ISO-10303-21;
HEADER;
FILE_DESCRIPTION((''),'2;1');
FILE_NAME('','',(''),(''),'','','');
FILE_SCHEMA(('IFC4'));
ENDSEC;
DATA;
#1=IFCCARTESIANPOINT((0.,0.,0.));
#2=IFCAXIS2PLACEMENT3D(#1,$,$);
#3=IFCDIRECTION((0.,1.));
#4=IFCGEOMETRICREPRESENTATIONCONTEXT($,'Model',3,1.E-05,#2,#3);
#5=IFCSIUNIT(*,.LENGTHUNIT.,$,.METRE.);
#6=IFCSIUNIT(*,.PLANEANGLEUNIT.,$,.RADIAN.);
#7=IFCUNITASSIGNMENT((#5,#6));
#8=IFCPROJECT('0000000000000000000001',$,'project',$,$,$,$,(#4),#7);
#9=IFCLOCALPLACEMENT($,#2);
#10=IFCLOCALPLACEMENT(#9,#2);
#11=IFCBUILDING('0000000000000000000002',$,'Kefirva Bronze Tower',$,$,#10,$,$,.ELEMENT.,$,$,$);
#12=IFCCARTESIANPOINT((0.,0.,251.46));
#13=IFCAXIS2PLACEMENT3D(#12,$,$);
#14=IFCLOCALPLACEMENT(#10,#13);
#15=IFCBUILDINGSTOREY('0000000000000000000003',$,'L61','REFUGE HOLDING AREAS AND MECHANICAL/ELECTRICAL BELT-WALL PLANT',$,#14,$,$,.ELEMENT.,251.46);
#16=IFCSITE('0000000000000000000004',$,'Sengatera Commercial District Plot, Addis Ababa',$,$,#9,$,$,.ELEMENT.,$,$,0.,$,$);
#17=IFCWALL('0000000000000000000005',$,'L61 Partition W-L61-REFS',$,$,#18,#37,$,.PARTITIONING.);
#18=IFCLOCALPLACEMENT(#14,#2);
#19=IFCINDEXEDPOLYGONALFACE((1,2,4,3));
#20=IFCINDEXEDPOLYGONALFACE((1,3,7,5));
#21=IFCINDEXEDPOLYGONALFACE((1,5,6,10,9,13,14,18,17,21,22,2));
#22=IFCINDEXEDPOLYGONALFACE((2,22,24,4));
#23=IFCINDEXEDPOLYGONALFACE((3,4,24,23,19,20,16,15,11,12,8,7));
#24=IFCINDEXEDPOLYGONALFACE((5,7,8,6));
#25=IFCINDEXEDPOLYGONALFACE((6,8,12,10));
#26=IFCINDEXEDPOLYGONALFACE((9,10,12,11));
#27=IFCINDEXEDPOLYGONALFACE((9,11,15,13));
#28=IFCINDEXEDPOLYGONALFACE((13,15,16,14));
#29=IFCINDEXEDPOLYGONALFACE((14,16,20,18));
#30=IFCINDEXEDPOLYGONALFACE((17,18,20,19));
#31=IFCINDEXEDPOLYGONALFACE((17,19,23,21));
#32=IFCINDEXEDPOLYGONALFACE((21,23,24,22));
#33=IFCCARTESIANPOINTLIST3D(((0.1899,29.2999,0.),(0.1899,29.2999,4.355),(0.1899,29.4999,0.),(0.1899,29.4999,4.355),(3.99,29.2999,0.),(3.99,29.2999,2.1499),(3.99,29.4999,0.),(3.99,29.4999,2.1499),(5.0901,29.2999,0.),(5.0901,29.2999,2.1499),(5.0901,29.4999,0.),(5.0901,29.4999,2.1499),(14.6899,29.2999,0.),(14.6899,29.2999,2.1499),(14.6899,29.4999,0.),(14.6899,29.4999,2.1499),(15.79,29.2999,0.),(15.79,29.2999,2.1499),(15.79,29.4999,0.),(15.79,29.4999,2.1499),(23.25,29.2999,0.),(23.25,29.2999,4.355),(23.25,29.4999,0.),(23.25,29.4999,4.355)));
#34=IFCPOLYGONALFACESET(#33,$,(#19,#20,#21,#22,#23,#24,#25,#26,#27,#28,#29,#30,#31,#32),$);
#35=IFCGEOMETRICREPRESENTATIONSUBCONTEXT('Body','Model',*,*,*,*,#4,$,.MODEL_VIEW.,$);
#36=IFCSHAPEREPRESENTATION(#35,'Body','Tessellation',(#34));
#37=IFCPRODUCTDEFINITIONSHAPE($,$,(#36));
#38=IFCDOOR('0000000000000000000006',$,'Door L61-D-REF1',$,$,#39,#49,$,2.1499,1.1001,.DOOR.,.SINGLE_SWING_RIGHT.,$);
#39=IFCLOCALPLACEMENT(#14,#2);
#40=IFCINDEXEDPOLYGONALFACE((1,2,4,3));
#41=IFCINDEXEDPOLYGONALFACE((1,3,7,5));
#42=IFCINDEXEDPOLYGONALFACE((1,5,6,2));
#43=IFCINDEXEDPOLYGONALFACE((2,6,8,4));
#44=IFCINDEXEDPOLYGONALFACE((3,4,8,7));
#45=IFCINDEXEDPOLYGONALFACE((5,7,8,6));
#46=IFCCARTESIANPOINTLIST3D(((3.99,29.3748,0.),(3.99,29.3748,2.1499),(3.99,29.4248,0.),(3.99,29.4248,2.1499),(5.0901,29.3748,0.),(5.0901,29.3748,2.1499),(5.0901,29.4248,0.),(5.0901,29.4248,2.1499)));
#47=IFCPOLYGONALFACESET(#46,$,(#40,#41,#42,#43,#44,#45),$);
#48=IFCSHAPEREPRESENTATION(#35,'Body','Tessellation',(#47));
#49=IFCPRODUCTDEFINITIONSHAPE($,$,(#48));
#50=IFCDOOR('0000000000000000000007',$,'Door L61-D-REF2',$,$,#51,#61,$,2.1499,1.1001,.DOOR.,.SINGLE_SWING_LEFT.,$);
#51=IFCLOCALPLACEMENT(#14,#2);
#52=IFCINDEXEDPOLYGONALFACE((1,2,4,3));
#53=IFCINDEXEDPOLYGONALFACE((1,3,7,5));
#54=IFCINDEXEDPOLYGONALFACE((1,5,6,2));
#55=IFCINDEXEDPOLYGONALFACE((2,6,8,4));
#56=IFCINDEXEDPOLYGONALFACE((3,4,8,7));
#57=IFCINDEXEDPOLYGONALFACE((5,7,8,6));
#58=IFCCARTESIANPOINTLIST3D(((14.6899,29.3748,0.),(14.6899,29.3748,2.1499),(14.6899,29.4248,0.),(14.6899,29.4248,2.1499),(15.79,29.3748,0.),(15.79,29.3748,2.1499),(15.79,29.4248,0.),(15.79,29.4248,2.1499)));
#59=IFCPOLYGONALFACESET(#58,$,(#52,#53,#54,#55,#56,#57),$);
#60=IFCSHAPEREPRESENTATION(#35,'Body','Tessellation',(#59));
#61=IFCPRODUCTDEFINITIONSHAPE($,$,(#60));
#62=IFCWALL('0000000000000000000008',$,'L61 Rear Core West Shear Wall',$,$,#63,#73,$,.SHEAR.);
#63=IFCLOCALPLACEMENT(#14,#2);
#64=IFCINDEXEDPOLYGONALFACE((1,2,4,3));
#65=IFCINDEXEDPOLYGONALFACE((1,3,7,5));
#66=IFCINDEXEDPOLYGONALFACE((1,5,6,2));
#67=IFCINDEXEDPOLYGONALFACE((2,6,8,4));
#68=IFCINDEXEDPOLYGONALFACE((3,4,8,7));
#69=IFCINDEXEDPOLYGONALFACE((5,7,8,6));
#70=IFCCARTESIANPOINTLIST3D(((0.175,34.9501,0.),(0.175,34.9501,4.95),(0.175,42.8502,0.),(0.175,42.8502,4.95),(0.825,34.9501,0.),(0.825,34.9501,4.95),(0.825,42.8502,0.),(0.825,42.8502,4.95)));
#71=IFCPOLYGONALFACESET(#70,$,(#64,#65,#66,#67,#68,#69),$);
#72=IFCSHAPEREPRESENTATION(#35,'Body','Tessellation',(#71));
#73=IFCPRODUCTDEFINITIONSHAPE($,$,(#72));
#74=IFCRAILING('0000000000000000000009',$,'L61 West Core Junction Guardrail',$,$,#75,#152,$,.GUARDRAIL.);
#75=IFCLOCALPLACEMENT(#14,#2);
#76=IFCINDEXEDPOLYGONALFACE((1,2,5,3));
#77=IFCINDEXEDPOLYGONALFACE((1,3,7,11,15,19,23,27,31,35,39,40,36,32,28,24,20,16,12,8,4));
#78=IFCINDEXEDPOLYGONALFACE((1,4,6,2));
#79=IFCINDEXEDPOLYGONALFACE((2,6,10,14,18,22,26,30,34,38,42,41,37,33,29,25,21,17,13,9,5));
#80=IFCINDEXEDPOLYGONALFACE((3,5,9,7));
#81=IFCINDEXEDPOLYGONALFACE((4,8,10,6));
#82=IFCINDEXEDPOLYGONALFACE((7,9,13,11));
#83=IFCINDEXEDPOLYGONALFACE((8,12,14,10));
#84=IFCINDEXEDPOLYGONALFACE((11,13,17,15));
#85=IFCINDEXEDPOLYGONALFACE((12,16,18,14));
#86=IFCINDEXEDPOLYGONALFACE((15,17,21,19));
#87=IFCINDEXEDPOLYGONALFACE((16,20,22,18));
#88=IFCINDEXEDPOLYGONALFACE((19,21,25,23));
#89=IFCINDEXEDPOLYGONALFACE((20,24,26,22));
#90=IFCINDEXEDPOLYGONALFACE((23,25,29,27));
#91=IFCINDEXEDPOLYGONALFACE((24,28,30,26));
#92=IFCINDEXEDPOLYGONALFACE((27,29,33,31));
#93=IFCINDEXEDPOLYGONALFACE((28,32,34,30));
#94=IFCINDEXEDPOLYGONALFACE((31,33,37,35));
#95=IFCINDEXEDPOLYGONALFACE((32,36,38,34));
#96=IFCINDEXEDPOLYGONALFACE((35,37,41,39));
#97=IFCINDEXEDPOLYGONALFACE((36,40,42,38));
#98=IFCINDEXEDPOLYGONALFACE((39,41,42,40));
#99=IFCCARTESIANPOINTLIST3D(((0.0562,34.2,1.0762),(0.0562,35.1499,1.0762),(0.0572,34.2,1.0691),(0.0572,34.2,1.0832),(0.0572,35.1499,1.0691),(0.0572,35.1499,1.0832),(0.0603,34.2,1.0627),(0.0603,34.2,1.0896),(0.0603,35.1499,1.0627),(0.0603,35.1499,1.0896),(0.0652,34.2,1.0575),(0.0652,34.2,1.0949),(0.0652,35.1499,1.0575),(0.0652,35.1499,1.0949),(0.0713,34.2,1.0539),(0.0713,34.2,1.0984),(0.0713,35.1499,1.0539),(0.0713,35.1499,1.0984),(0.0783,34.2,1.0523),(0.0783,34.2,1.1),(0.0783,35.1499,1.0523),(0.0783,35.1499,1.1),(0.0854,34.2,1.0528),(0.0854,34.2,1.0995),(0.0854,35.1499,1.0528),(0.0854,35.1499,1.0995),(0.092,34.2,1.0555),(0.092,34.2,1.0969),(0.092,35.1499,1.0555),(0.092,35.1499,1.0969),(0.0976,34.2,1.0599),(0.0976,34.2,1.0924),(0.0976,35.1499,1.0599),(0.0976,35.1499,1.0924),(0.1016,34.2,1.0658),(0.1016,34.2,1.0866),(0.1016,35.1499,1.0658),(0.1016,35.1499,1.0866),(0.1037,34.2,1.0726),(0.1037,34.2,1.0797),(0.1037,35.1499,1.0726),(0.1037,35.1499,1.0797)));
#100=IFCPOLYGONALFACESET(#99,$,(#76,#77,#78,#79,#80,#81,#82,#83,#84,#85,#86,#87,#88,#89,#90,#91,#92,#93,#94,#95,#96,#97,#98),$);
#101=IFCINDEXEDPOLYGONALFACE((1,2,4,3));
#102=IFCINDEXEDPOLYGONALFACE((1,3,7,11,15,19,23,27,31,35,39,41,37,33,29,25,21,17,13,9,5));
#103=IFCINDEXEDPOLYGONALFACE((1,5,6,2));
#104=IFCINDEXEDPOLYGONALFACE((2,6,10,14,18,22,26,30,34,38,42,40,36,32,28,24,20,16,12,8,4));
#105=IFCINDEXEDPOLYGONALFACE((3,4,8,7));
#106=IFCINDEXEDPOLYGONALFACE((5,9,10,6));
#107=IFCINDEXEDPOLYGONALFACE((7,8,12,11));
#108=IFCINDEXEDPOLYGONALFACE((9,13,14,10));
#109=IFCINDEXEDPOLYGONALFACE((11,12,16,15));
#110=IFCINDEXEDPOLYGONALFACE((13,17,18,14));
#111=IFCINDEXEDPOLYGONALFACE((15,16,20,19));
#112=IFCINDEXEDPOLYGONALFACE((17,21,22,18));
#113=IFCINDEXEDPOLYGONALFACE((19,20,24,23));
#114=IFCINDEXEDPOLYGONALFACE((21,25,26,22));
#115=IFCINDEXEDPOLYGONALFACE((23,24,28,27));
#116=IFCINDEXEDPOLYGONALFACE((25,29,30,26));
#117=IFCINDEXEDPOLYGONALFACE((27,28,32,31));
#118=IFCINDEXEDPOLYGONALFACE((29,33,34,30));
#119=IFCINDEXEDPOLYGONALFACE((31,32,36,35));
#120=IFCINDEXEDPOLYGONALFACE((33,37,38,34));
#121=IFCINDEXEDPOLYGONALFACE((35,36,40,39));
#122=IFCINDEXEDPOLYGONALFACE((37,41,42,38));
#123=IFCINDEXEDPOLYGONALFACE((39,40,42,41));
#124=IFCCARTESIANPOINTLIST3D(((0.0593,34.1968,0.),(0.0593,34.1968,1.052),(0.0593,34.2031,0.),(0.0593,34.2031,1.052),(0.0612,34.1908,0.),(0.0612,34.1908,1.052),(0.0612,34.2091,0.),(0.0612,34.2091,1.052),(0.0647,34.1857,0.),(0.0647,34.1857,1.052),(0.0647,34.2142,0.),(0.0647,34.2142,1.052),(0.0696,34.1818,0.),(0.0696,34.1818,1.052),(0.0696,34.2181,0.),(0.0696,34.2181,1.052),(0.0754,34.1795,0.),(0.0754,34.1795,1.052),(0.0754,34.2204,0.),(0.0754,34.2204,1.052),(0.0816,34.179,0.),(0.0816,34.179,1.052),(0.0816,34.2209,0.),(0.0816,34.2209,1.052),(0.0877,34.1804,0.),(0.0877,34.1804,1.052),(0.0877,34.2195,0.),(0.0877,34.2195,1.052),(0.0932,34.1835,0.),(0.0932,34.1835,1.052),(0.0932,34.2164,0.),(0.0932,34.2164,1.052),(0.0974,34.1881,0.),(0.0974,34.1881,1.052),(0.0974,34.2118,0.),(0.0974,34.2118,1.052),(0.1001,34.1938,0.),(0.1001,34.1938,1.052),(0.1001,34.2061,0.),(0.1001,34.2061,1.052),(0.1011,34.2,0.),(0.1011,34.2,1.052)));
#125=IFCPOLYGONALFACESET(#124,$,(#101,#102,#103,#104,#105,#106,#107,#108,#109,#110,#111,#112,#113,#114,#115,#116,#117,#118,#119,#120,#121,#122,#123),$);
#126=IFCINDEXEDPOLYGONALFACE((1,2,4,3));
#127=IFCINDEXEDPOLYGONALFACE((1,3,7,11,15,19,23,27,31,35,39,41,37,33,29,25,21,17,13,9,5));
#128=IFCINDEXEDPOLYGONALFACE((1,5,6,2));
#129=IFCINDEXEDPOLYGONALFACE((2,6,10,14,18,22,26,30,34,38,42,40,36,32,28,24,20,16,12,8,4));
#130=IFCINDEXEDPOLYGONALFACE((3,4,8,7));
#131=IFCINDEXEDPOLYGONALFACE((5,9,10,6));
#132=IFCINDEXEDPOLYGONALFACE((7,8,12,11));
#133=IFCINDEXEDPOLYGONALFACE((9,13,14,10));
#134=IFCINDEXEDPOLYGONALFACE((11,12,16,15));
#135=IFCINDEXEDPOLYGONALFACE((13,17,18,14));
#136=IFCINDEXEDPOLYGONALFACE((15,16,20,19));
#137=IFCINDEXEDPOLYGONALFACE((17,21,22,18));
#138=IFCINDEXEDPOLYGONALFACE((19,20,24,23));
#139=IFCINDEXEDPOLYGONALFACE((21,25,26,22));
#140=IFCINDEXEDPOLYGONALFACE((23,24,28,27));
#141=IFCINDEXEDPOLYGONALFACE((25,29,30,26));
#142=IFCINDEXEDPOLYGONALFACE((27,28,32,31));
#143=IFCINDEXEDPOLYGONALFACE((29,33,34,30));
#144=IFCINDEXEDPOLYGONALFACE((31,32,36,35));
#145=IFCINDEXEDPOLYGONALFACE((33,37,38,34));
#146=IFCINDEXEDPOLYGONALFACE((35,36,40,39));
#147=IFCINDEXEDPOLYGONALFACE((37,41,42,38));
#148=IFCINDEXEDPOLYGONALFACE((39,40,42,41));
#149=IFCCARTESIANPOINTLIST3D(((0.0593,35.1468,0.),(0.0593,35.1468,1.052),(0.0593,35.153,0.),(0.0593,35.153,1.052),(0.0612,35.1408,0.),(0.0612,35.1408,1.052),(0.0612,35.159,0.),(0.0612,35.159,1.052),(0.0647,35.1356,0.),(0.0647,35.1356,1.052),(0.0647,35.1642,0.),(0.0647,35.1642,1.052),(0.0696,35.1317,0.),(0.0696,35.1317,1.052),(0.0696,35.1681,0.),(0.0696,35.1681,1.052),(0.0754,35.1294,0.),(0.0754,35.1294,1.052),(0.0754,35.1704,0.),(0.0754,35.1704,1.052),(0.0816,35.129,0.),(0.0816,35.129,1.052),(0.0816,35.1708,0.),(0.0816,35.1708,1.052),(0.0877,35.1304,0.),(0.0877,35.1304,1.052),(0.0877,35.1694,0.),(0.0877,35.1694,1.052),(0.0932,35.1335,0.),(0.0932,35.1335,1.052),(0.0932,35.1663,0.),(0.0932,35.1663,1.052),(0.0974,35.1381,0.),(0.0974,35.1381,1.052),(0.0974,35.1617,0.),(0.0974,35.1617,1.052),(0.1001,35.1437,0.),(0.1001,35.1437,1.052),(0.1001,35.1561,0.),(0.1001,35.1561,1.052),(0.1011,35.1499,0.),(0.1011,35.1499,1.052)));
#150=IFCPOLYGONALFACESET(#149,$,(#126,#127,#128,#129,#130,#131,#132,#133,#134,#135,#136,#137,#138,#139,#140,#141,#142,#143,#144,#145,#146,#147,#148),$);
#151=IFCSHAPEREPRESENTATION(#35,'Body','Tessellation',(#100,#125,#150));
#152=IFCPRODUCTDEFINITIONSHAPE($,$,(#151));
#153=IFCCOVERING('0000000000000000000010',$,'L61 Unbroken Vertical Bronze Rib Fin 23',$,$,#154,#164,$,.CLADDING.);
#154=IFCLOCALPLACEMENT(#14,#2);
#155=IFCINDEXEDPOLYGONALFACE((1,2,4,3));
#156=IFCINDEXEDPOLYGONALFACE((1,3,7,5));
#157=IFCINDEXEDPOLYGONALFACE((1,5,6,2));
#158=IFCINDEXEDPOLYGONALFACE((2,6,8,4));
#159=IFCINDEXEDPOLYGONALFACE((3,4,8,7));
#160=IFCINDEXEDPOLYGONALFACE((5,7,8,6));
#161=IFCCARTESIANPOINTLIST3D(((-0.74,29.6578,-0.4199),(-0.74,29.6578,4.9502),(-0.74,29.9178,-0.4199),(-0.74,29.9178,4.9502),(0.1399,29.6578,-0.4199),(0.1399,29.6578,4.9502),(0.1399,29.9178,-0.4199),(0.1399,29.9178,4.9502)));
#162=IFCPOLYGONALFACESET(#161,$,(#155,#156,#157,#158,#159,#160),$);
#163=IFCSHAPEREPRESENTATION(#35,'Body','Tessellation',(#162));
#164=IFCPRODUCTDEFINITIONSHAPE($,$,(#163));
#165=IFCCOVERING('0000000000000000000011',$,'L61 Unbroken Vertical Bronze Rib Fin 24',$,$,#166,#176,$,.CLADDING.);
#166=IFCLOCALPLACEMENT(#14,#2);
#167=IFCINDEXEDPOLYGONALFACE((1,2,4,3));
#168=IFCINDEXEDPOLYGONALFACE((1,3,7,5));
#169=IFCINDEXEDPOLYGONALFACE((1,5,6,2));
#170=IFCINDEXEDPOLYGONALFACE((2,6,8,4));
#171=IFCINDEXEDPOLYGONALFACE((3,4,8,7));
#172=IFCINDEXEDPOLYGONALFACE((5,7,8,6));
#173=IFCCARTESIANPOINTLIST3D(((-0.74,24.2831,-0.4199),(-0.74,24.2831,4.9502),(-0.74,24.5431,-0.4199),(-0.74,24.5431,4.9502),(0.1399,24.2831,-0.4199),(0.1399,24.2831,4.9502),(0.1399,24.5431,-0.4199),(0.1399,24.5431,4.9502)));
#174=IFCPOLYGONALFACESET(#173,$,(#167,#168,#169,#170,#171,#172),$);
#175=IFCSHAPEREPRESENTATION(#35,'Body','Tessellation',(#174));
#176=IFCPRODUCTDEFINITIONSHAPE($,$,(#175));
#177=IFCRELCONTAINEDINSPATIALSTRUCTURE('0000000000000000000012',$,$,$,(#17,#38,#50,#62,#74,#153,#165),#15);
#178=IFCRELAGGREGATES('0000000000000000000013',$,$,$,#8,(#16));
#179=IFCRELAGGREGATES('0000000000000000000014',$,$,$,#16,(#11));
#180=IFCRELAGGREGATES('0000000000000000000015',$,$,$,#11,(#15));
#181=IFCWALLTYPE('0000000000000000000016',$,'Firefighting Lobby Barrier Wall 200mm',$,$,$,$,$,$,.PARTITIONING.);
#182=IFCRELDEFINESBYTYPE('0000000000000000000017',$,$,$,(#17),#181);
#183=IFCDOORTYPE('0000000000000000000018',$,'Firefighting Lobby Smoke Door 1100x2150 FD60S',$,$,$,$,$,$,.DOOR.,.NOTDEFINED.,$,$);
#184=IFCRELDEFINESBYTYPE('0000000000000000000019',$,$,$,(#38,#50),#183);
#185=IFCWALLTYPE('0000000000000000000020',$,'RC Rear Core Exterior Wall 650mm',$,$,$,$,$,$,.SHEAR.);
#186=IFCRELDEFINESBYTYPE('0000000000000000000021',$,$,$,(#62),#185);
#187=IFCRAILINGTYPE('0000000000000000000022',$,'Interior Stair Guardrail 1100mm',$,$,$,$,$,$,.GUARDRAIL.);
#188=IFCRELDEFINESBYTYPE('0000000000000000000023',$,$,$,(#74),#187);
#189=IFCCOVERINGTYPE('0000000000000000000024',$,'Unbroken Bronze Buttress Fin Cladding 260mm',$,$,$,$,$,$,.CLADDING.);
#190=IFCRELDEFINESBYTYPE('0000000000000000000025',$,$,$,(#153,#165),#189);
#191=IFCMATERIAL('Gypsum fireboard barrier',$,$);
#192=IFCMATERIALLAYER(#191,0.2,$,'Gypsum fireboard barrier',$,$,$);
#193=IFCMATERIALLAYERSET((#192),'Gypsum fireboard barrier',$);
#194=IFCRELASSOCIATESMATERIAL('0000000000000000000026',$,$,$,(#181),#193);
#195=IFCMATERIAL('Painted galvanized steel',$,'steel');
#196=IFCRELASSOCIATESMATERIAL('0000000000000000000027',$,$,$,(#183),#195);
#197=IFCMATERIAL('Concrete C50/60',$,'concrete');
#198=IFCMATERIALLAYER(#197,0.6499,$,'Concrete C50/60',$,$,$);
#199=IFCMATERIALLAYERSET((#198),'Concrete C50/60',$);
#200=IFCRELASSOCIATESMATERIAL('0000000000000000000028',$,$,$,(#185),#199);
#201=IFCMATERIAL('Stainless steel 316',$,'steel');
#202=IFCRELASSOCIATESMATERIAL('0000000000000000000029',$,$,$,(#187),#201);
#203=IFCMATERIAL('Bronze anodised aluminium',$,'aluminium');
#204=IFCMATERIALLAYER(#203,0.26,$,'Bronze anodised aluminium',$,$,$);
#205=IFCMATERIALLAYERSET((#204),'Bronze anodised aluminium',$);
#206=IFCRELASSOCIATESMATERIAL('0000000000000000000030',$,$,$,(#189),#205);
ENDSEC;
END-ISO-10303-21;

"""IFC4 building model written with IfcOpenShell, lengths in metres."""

from ifc_helpers import new_model, si_unit, direction, frame, frame_2d, origin, origin_2d, place, context, subcontext, project, spatial, rectangle, circle, extrude, material, layer, layer_set, type_object, element, fill, save


model = new_model("IFC4")

# Units and contexts
model_context = context("Model", 3, precision=1e-05, world=origin(), true_north=direction((0.0, 1.0)))
body_context = subcontext(model_context, "Body", "Model", "MODEL_VIEW")
ifc_project = project(units=[si_unit("LENGTHUNIT", "METRE"), si_unit("PLANEANGLEUNIT", "RADIAN")], contexts=[model_context])

# Site, building, storey
site_placement = place(None, origin())
site = spatial("IfcSite", under=ifc_project, at=site_placement, Name="Sengatera Commercial District Plot, Addis Ababa", CompositionType="ELEMENT", RefElevation=0.0)
building_placement = place(site_placement, origin())
building = spatial("IfcBuilding", under=site, at=building_placement, Name="Kefirva Bronze Tower", CompositionType="ELEMENT")
storey_placement = place(building_placement, frame((0.0, 0.0, 251.46)))
storey = spatial("IfcBuildingStorey", under=building, at=storey_placement, Name="L61", Description="REFUGE HOLDING AREAS AND MECHANICAL/ELECTRICAL BELT-WALL PLANT", CompositionType="ELEMENT", Elevation=251.46)

# Shared definitions
ifc_material_1 = material(Name="Concrete C50/60", Category="concrete")

# Shared definitions
ifc_material_2 = material(Name="Bronze anodised aluminium", Category="aluminium")

# Wall, openings, doors
ifc_material_3 = material(Name="Gypsum fireboard barrier")
ifc_layer_1 = layer(ifc_material_3, 0.2, Name="Gypsum fireboard barrier")
ifc_layer_set_1 = layer_set([ifc_layer_1], Name="Gypsum fireboard barrier")
wall_type_1 = type_object("IfcWallType", Name="Firefighting Lobby Barrier Wall 200mm", PredefinedType="PARTITIONING", material=ifc_layer_set_1)
wall_1_placement = place(storey_placement, frame((0.1899, 29.3999, 0.0), z_axis=(0.0, 0.0, 1.0), x_axis=(1.0, 0.0, 0.0)))
wall_1 = element("IfcWall", 1, at=wall_1_placement, inside=storey, type_object=wall_type_1, Name="L61 Partition W-L61-REFS", PredefinedType="PARTITIONING", context=body_context, shape_type="SweptSolid", body=[
    extrude(rectangle(XDim=23.0601, YDim=0.2, at=frame_2d((11.53, 0.0))), origin(), (0.0, 0.0, 1.0), 4.355),
])
opening_1_placement = place(wall_1_placement, frame((3.8, 0.0, 0.0)))
opening_1 = element("IfcOpeningElement", 2, at=opening_1_placement, cuts=wall_1, PredefinedType="OPENING", context=body_context, shape_type="SweptSolid", body=[
    extrude(rectangle(XDim=1.1001, YDim=2.1499, at=frame_2d((0.55, 1.075))), frame((0.0, 0.1099, 0.0), z_axis=(0.0, -1.0, 0.0), x_axis=(1.0, 0.0, 0.0)), (0.0, 0.0, 1.0), 0.22),
])
opening_2_placement = place(wall_1_placement, frame((14.5, 0.0, 0.0)))
opening_2 = element("IfcOpeningElement", 3, at=opening_2_placement, cuts=wall_1, PredefinedType="OPENING", context=body_context, shape_type="SweptSolid", body=[
    extrude(rectangle(XDim=1.1001, YDim=2.1499, at=frame_2d((0.55, 1.075))), frame((0.0, 0.1099, 0.0), z_axis=(0.0, -1.0, 0.0), x_axis=(1.0, 0.0, 0.0)), (0.0, 0.0, 1.0), 0.22),
])
ifc_material_4 = material(Name="Painted galvanized steel", Category="steel")
door_type = type_object("IfcDoorType", Name="Firefighting Lobby Smoke Door 1100x2150 FD60S", OperationType="NOTDEFINED", PredefinedType="DOOR", material=ifc_material_4)
door_1_placement = place(opening_1_placement, origin())
door_1 = element("IfcDoor", 4, at=door_1_placement, inside=storey, type_object=door_type, Name="Door L61-D-REF1", OperationType="SINGLE_SWING_RIGHT", OverallHeight=2.1499, OverallWidth=1.1001, PredefinedType="DOOR", context=body_context, shape_type="SweptSolid", body=[
    extrude(rectangle(XDim=1.1001, YDim=2.1499, at=frame_2d((0.55, 1.075))), frame((0.0, 0.0249, 0.0), z_axis=(0.0, -1.0, 0.0), x_axis=(1.0, 0.0, 0.0)), (0.0, 0.0, 1.0), 0.05),
])
fill(opening_1, door_1)
door_2_placement = place(opening_2_placement, origin())
door_2 = element("IfcDoor", 5, at=door_2_placement, inside=storey, type_object=door_type, Name="Door L61-D-REF2", OperationType="SINGLE_SWING_LEFT", OverallHeight=2.1499, OverallWidth=1.1001, PredefinedType="DOOR", context=body_context, shape_type="SweptSolid", body=[
    extrude(rectangle(XDim=1.1001, YDim=2.1499, at=frame_2d((0.55, 1.075))), frame((0.0, 0.0249, 0.0), z_axis=(0.0, -1.0, 0.0), x_axis=(1.0, 0.0, 0.0)), (0.0, 0.0, 1.0), 0.05),
])
fill(opening_2, door_2)

# Wall
ifc_layer_2 = layer(ifc_material_1, 0.6499, Name="Concrete C50/60")
ifc_layer_set_2 = layer_set([ifc_layer_2], Name="Concrete C50/60")
wall_type_2 = type_object("IfcWallType", Name="RC Rear Core Exterior Wall 650mm", PredefinedType="SHEAR", material=ifc_layer_set_2)
wall_2_placement = place(storey_placement, frame((0.5, 34.95, 0.0), z_axis=(0.0, 0.0, 1.0), x_axis=(0.0, 1.0, 0.0)))
element("IfcWall", 6, at=wall_2_placement, inside=storey, type_object=wall_type_2, Name="L61 Rear Core West Shear Wall", PredefinedType="SHEAR", context=body_context, shape_type="SweptSolid", body=[
    extrude(rectangle(XDim=7.9001, YDim=0.6499, at=frame_2d((3.9502, 0.0))), origin(), (0.0, 0.0, 1.0), 4.95),
])

# Railing
ifc_material_5 = material(Name="Stainless steel 316", Category="steel")
railing_type = type_object("IfcRailingType", Name="Interior Stair Guardrail 1100mm", PredefinedType="GUARDRAIL", material=ifc_material_5)
railing_placement = place(storey_placement, frame((0.0801, 34.2, 0.0)))
element("IfcRailing", 7, at=railing_placement, inside=storey, type_object=railing_type, Name="L61 West Core Junction Guardrail", PredefinedType="GUARDRAIL", context=body_context, shape_type="SweptSolid", body=[
    extrude(circle(Radius=0.0239, at=origin_2d()), frame((0.0, 0.0, 1.0762), z_axis=(0.0, 1.0, 0.0), x_axis=(-1.0, 0.0, 0.0)), (0.0, 0.0, 1.0), 0.95),
    extrude(circle(Radius=0.021, at=origin_2d()), origin(), (0.0, 0.0, 1.0), 1.052),
    extrude(circle(Radius=0.021, at=origin_2d()), frame((0.0, 0.95, 0.0)), (0.0, 0.0, 1.0), 1.052),
])

# Coverings
ifc_layer_3 = layer(ifc_material_2, 0.26, Name="Bronze anodised aluminium")
ifc_layer_set_3 = layer_set([ifc_layer_3], Name="Bronze anodised aluminium")
covering_type = type_object("IfcCoveringType", Name="Unbroken Bronze Buttress Fin Cladding 260mm", PredefinedType="CLADDING", material=ifc_layer_set_3)
for number, where, z_axis, x_axis, name in (
    (8, (-0.3, 29.7878, -0.4199), (0.0, 0.0, 1.0), (0.0, -1.0, 0.0), "L61 Unbroken Vertical Bronze Rib Fin 23"),
    (9, (-0.3, 24.4131, -0.4199), (0.0, 0.0, 1.0), (0.0, -1.0, 0.0), "L61 Unbroken Vertical Bronze Rib Fin 24"),
):
    element("IfcCovering", number, at=place(storey_placement, frame(where, z_axis=z_axis, x_axis=x_axis)), inside=storey, type_object=covering_type, Name=name, PredefinedType="CLADDING", context=body_context, shape_type="SweptSolid", body=[
        extrude(rectangle(XDim=0.26, YDim=0.8799, at=origin_2d()), origin(), (0.0, 0.0, 1.0), 5.3701),
    ])

save(model, "model.ifc")
